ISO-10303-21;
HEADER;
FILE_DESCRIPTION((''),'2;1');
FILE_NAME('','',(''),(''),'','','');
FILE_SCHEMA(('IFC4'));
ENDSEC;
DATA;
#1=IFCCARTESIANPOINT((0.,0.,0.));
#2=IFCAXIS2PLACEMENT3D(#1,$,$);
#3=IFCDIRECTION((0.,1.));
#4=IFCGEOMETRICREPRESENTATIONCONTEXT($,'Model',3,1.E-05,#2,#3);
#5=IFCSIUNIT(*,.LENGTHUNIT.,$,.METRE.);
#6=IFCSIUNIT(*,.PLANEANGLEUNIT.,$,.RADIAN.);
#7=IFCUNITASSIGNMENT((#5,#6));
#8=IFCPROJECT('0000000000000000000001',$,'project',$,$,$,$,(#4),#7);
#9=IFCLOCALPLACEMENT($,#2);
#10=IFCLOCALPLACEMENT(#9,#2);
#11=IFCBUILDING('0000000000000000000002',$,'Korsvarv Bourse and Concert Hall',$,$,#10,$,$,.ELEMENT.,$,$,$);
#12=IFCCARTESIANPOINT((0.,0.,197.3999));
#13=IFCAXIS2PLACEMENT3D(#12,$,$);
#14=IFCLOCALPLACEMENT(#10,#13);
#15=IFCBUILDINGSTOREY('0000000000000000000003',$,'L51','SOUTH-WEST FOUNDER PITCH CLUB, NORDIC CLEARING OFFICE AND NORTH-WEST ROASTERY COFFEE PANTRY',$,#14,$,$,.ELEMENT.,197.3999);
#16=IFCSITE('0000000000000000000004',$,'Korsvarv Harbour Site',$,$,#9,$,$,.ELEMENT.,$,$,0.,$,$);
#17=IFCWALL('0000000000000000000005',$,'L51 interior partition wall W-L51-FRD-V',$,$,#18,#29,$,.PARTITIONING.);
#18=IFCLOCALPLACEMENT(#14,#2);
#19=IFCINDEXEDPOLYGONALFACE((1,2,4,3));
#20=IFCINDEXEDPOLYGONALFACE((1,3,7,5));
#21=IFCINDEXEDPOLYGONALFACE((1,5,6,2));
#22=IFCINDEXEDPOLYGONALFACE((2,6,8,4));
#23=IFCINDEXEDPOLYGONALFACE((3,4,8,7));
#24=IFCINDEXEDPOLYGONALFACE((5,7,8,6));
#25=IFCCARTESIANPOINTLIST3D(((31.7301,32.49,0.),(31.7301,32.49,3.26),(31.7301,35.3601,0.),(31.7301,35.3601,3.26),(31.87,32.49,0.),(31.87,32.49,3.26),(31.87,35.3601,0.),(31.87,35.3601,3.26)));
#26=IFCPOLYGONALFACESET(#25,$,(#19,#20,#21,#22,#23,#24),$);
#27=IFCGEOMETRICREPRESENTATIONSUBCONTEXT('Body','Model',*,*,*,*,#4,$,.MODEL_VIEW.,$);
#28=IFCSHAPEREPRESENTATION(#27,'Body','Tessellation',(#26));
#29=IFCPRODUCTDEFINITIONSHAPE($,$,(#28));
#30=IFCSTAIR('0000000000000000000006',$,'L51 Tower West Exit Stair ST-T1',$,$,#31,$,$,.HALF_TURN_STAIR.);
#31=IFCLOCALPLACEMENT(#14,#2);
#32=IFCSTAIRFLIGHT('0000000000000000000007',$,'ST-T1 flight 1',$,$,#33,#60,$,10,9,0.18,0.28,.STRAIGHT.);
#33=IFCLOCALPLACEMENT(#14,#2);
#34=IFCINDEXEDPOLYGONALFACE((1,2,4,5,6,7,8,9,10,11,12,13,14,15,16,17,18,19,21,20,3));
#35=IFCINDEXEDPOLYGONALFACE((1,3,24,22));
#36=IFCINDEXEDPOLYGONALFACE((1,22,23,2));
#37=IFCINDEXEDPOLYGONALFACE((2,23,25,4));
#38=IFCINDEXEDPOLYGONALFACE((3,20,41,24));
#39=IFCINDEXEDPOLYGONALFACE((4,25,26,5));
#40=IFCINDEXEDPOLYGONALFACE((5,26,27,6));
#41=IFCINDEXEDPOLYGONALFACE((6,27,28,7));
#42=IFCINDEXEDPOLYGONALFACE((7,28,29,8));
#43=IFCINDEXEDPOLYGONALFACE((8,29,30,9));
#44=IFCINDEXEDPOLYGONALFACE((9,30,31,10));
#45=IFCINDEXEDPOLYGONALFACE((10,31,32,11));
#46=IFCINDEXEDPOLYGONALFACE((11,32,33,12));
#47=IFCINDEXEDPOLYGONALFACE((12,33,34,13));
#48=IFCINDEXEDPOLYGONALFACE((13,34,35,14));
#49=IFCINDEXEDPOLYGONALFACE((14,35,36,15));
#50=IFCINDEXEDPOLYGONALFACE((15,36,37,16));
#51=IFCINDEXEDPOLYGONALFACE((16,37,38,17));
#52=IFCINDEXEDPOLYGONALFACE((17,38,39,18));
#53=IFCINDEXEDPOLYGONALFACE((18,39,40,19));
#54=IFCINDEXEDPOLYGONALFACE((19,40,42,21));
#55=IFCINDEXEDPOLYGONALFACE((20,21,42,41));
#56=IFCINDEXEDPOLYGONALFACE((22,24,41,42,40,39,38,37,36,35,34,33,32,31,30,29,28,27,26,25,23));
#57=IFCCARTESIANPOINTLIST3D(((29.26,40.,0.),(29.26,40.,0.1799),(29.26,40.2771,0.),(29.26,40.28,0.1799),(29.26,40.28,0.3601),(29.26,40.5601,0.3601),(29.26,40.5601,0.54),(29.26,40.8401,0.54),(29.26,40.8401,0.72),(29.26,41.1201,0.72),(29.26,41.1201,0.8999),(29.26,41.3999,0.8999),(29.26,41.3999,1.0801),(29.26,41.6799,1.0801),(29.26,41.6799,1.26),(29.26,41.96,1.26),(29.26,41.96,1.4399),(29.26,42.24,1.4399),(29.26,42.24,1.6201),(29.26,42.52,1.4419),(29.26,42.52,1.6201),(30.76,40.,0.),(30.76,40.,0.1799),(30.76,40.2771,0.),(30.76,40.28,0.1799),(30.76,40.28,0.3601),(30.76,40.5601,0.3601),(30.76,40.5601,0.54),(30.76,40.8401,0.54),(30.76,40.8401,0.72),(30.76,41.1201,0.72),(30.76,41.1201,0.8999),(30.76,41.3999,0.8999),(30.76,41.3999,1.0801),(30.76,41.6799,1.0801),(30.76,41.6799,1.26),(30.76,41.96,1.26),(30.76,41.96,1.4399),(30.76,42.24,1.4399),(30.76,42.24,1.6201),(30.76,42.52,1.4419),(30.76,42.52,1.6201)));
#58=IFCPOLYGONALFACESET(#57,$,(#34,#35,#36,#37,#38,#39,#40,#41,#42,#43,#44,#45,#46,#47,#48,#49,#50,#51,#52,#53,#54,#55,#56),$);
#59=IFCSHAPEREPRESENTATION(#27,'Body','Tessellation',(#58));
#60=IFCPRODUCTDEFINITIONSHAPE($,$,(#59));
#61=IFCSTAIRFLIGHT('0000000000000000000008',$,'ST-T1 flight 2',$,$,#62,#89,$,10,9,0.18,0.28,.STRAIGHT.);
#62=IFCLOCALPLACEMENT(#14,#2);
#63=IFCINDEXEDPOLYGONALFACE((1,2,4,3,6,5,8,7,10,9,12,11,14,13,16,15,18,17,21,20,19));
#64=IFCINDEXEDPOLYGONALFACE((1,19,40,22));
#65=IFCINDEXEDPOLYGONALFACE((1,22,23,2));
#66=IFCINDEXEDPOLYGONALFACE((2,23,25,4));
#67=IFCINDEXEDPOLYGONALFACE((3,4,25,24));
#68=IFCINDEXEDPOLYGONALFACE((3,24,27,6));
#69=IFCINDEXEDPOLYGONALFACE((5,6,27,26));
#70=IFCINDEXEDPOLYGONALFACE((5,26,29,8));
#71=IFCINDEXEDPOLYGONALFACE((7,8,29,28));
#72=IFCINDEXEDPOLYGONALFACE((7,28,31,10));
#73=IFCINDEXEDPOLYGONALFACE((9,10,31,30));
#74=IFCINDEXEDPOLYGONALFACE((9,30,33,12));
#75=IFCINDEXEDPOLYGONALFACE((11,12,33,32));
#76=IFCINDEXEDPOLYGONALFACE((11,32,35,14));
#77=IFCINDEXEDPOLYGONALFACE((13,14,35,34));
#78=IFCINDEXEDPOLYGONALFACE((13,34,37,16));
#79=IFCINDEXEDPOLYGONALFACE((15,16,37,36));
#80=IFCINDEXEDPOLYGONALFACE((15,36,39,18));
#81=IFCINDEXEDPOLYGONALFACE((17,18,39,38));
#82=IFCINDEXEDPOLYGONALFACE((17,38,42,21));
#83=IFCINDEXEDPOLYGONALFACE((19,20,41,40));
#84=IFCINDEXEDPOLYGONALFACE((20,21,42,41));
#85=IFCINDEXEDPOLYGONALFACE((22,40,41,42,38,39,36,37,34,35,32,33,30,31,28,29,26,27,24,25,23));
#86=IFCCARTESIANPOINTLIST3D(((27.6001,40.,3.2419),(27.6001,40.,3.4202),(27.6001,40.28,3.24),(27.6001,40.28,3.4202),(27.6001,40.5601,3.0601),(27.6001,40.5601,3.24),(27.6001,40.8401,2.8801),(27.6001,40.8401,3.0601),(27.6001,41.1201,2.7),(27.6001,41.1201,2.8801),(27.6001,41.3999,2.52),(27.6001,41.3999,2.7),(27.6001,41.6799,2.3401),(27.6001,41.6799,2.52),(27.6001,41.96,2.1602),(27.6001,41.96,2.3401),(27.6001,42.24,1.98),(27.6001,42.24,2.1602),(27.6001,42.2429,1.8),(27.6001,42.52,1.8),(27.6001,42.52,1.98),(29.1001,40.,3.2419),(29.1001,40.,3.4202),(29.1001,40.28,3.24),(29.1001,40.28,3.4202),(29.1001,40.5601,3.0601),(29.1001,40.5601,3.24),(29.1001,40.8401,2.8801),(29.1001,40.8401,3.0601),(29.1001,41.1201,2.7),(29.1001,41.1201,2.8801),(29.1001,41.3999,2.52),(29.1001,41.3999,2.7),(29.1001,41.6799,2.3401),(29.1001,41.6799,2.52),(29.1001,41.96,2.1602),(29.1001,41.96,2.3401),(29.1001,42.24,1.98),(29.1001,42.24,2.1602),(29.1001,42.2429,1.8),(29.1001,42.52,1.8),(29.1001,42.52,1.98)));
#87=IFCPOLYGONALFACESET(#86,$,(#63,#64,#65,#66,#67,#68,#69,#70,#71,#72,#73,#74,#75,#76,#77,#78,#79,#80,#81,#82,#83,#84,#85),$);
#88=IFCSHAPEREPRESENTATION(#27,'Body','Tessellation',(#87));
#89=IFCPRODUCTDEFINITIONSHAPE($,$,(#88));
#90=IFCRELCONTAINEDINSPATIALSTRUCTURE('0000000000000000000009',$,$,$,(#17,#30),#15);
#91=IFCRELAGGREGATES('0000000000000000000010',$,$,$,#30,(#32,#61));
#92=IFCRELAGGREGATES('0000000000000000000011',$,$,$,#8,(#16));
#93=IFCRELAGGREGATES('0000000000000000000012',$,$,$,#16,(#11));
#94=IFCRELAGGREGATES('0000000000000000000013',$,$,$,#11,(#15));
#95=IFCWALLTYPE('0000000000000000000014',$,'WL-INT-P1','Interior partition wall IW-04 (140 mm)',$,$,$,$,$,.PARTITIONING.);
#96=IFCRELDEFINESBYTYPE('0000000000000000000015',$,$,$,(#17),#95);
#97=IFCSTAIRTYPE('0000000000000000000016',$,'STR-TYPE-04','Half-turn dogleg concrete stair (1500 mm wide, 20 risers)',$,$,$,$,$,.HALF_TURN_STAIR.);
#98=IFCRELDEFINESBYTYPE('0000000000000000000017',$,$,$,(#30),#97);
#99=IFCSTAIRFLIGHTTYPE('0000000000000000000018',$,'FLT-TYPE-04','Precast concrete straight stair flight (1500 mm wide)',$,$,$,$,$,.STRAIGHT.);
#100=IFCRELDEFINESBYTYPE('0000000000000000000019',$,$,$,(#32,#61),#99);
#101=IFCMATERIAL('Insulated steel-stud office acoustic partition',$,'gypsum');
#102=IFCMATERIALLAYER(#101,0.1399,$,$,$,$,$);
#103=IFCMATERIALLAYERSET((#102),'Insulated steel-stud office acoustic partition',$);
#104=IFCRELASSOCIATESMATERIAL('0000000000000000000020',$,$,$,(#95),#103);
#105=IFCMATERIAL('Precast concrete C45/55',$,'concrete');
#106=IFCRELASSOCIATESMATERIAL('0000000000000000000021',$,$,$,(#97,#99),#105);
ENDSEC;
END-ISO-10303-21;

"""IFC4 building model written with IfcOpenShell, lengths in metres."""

from ifc_helpers import new_model, si_unit, direction, frame, frame_2d, origin, place, context, subcontext, project, spatial, polyline, rectangle, outline, extrude, material, layer, layer_set, type_object, element, aggregate, save


model = new_model("IFC4")

# Units and contexts
model_context = context("Model", 3, precision=1e-05, world=origin(), true_north=direction((0.0, 1.0)))
body_context = subcontext(model_context, "Body", "Model", "MODEL_VIEW")
ifc_project = project(units=[si_unit("LENGTHUNIT", "METRE"), si_unit("PLANEANGLEUNIT", "RADIAN")], contexts=[model_context])

# Site, building, storey
site_placement = place(None, origin())
site = spatial("IfcSite", under=ifc_project, at=site_placement, Name="Korsvarv Harbour Site", CompositionType="ELEMENT", RefElevation=0.0)
building_placement = place(site_placement, origin())
building = spatial("IfcBuilding", under=site, at=building_placement, Name="Korsvarv Bourse and Concert Hall", CompositionType="ELEMENT")
storey_placement = place(building_placement, frame((0.0, 0.0, 197.3999)))
storey = spatial("IfcBuildingStorey", under=building, at=storey_placement, Name="L51", Description="SOUTH-WEST FOUNDER PITCH CLUB, NORDIC CLEARING OFFICE AND NORTH-WEST ROASTERY COFFEE PANTRY", CompositionType="ELEMENT", Elevation=197.3999)

# Wall
ifc_material_1 = material(Name="Insulated steel-stud office acoustic partition", Category="gypsum")
ifc_layer_1 = layer(ifc_material_1, 0.1399)
ifc_layer_set_1 = layer_set([ifc_layer_1], Name="Insulated steel-stud office acoustic partition")
wall_type_1 = type_object("IfcWallType", Name="WL-INT-P1", Description="Interior partition wall IW-04 (140 mm)", PredefinedType="PARTITIONING", material=ifc_layer_set_1)
wall_1_placement = place(storey_placement, frame((31.8, 32.49, 0.0), z_axis=(0.0, 0.0, 1.0), x_axis=(0.0, 1.0, 0.0)))
element("IfcWall", 1, at=wall_1_placement, inside=storey, type_object=wall_type_1, Name="L51 interior partition wall W-L51-FRD-V", PredefinedType="PARTITIONING", context=body_context, shape_type="SweptSolid", body=[
    extrude(rectangle(XDim=2.8701, YDim=0.1399, at=frame_2d((1.4351, 0.0))), origin(), (0.0, 0.0, 1.0), 3.26),
])

# Stair, stair flights
ifc_material_2 = material(Name="Precast concrete C45/55", Category="concrete")
stair_type = type_object("IfcStairType", Name="STR-TYPE-04", Description="Half-turn dogleg concrete stair (1500 mm wide, 20 risers)", PredefinedType="HALF_TURN_STAIR", material=ifc_material_2)
stair_placement = place(storey_placement, origin())
stair = element("IfcStair", 2, at=stair_placement, inside=storey, type_object=stair_type, Name="L51 Tower West Exit Stair ST-T1", PredefinedType="HALF_TURN_STAIR")
stair_flight_type = type_object("IfcStairFlightType", Name="FLT-TYPE-04", Description="Precast concrete straight stair flight (1500 mm wide)", PredefinedType="STRAIGHT", material=ifc_material_2)
stair_flight_1_placement = place(storey_placement, frame((30.01, 40.0, 0.0), z_axis=(0.0, 0.0, 1.0), x_axis=(0.0, 1.0, 0.0)))
stair_flight_1 = element("IfcStairFlight", 3, at=stair_flight_1_placement, type_object=stair_flight_type, Name="ST-T1 flight 1", NumberOfRisers=10, NumberOfTreads=9, PredefinedType="STRAIGHT", RiserHeight=0.18, TreadLength=0.28, context=body_context, shape_type="SweptSolid", body=[
    extrude(outline(polyline([(0.0, 0.0), (0.0, 0.1799), (0.28, 0.1799), (0.28, 0.3601), (0.5601, 0.3601), (0.5601, 0.54), (0.8401, 0.54), (0.8401, 0.72), (1.1201, 0.72), (1.1201, 0.8999), (1.3999, 0.8999), (1.3999, 1.0801), (1.6799, 1.0801), (1.6799, 1.26), (1.96, 1.26), (1.96, 1.4399), (2.24, 1.4399), (2.24, 1.6201), (2.52, 1.6201), (2.52, 1.8), (2.52, 1.4419), (0.2771, 0.0), (0.0, 0.0)])), frame((0.0, 0.75, 0.0), z_axis=(0.0, -1.0, 0.0), x_axis=(1.0, 0.0, 0.0)), (0.0, 0.0, 1.0), 1.5),
])
stair_flight_2_placement = place(storey_placement, frame((28.3501, 42.52, 1.8), z_axis=(0.0, 0.0, 1.0), x_axis=(0.0, -1.0, 0.0)))
stair_flight_2 = element("IfcStairFlight", 4, at=stair_flight_2_placement, type_object=stair_flight_type, Name="ST-T1 flight 2", NumberOfRisers=10, NumberOfTreads=9, PredefinedType="STRAIGHT", RiserHeight=0.18, TreadLength=0.28, context=body_context, shape_type="SweptSolid", body=[
    extrude(outline(polyline([(0.0, 0.0), (0.0, 0.1799), (0.28, 0.1799), (0.28, 0.3601), (0.5601, 0.3601), (0.5601, 0.54), (0.8401, 0.54), (0.8401, 0.72), (1.1201, 0.72), (1.1201, 0.8999), (1.3999, 0.8999), (1.3999, 1.0801), (1.6799, 1.0801), (1.6799, 1.26), (1.96, 1.26), (1.96, 1.4399), (2.24, 1.4399), (2.24, 1.6201), (2.52, 1.6201), (2.52, 1.8), (2.52, 1.4419), (0.2771, 0.0), (0.0, 0.0)])), frame((0.0, 0.75, 0.0), z_axis=(0.0, -1.0, 0.0), x_axis=(1.0, 0.0, 0.0)), (0.0, 0.0, 1.0), 1.5),
])
aggregate(stair, [stair_flight_1, stair_flight_2])

save(model, "model.ifc")
